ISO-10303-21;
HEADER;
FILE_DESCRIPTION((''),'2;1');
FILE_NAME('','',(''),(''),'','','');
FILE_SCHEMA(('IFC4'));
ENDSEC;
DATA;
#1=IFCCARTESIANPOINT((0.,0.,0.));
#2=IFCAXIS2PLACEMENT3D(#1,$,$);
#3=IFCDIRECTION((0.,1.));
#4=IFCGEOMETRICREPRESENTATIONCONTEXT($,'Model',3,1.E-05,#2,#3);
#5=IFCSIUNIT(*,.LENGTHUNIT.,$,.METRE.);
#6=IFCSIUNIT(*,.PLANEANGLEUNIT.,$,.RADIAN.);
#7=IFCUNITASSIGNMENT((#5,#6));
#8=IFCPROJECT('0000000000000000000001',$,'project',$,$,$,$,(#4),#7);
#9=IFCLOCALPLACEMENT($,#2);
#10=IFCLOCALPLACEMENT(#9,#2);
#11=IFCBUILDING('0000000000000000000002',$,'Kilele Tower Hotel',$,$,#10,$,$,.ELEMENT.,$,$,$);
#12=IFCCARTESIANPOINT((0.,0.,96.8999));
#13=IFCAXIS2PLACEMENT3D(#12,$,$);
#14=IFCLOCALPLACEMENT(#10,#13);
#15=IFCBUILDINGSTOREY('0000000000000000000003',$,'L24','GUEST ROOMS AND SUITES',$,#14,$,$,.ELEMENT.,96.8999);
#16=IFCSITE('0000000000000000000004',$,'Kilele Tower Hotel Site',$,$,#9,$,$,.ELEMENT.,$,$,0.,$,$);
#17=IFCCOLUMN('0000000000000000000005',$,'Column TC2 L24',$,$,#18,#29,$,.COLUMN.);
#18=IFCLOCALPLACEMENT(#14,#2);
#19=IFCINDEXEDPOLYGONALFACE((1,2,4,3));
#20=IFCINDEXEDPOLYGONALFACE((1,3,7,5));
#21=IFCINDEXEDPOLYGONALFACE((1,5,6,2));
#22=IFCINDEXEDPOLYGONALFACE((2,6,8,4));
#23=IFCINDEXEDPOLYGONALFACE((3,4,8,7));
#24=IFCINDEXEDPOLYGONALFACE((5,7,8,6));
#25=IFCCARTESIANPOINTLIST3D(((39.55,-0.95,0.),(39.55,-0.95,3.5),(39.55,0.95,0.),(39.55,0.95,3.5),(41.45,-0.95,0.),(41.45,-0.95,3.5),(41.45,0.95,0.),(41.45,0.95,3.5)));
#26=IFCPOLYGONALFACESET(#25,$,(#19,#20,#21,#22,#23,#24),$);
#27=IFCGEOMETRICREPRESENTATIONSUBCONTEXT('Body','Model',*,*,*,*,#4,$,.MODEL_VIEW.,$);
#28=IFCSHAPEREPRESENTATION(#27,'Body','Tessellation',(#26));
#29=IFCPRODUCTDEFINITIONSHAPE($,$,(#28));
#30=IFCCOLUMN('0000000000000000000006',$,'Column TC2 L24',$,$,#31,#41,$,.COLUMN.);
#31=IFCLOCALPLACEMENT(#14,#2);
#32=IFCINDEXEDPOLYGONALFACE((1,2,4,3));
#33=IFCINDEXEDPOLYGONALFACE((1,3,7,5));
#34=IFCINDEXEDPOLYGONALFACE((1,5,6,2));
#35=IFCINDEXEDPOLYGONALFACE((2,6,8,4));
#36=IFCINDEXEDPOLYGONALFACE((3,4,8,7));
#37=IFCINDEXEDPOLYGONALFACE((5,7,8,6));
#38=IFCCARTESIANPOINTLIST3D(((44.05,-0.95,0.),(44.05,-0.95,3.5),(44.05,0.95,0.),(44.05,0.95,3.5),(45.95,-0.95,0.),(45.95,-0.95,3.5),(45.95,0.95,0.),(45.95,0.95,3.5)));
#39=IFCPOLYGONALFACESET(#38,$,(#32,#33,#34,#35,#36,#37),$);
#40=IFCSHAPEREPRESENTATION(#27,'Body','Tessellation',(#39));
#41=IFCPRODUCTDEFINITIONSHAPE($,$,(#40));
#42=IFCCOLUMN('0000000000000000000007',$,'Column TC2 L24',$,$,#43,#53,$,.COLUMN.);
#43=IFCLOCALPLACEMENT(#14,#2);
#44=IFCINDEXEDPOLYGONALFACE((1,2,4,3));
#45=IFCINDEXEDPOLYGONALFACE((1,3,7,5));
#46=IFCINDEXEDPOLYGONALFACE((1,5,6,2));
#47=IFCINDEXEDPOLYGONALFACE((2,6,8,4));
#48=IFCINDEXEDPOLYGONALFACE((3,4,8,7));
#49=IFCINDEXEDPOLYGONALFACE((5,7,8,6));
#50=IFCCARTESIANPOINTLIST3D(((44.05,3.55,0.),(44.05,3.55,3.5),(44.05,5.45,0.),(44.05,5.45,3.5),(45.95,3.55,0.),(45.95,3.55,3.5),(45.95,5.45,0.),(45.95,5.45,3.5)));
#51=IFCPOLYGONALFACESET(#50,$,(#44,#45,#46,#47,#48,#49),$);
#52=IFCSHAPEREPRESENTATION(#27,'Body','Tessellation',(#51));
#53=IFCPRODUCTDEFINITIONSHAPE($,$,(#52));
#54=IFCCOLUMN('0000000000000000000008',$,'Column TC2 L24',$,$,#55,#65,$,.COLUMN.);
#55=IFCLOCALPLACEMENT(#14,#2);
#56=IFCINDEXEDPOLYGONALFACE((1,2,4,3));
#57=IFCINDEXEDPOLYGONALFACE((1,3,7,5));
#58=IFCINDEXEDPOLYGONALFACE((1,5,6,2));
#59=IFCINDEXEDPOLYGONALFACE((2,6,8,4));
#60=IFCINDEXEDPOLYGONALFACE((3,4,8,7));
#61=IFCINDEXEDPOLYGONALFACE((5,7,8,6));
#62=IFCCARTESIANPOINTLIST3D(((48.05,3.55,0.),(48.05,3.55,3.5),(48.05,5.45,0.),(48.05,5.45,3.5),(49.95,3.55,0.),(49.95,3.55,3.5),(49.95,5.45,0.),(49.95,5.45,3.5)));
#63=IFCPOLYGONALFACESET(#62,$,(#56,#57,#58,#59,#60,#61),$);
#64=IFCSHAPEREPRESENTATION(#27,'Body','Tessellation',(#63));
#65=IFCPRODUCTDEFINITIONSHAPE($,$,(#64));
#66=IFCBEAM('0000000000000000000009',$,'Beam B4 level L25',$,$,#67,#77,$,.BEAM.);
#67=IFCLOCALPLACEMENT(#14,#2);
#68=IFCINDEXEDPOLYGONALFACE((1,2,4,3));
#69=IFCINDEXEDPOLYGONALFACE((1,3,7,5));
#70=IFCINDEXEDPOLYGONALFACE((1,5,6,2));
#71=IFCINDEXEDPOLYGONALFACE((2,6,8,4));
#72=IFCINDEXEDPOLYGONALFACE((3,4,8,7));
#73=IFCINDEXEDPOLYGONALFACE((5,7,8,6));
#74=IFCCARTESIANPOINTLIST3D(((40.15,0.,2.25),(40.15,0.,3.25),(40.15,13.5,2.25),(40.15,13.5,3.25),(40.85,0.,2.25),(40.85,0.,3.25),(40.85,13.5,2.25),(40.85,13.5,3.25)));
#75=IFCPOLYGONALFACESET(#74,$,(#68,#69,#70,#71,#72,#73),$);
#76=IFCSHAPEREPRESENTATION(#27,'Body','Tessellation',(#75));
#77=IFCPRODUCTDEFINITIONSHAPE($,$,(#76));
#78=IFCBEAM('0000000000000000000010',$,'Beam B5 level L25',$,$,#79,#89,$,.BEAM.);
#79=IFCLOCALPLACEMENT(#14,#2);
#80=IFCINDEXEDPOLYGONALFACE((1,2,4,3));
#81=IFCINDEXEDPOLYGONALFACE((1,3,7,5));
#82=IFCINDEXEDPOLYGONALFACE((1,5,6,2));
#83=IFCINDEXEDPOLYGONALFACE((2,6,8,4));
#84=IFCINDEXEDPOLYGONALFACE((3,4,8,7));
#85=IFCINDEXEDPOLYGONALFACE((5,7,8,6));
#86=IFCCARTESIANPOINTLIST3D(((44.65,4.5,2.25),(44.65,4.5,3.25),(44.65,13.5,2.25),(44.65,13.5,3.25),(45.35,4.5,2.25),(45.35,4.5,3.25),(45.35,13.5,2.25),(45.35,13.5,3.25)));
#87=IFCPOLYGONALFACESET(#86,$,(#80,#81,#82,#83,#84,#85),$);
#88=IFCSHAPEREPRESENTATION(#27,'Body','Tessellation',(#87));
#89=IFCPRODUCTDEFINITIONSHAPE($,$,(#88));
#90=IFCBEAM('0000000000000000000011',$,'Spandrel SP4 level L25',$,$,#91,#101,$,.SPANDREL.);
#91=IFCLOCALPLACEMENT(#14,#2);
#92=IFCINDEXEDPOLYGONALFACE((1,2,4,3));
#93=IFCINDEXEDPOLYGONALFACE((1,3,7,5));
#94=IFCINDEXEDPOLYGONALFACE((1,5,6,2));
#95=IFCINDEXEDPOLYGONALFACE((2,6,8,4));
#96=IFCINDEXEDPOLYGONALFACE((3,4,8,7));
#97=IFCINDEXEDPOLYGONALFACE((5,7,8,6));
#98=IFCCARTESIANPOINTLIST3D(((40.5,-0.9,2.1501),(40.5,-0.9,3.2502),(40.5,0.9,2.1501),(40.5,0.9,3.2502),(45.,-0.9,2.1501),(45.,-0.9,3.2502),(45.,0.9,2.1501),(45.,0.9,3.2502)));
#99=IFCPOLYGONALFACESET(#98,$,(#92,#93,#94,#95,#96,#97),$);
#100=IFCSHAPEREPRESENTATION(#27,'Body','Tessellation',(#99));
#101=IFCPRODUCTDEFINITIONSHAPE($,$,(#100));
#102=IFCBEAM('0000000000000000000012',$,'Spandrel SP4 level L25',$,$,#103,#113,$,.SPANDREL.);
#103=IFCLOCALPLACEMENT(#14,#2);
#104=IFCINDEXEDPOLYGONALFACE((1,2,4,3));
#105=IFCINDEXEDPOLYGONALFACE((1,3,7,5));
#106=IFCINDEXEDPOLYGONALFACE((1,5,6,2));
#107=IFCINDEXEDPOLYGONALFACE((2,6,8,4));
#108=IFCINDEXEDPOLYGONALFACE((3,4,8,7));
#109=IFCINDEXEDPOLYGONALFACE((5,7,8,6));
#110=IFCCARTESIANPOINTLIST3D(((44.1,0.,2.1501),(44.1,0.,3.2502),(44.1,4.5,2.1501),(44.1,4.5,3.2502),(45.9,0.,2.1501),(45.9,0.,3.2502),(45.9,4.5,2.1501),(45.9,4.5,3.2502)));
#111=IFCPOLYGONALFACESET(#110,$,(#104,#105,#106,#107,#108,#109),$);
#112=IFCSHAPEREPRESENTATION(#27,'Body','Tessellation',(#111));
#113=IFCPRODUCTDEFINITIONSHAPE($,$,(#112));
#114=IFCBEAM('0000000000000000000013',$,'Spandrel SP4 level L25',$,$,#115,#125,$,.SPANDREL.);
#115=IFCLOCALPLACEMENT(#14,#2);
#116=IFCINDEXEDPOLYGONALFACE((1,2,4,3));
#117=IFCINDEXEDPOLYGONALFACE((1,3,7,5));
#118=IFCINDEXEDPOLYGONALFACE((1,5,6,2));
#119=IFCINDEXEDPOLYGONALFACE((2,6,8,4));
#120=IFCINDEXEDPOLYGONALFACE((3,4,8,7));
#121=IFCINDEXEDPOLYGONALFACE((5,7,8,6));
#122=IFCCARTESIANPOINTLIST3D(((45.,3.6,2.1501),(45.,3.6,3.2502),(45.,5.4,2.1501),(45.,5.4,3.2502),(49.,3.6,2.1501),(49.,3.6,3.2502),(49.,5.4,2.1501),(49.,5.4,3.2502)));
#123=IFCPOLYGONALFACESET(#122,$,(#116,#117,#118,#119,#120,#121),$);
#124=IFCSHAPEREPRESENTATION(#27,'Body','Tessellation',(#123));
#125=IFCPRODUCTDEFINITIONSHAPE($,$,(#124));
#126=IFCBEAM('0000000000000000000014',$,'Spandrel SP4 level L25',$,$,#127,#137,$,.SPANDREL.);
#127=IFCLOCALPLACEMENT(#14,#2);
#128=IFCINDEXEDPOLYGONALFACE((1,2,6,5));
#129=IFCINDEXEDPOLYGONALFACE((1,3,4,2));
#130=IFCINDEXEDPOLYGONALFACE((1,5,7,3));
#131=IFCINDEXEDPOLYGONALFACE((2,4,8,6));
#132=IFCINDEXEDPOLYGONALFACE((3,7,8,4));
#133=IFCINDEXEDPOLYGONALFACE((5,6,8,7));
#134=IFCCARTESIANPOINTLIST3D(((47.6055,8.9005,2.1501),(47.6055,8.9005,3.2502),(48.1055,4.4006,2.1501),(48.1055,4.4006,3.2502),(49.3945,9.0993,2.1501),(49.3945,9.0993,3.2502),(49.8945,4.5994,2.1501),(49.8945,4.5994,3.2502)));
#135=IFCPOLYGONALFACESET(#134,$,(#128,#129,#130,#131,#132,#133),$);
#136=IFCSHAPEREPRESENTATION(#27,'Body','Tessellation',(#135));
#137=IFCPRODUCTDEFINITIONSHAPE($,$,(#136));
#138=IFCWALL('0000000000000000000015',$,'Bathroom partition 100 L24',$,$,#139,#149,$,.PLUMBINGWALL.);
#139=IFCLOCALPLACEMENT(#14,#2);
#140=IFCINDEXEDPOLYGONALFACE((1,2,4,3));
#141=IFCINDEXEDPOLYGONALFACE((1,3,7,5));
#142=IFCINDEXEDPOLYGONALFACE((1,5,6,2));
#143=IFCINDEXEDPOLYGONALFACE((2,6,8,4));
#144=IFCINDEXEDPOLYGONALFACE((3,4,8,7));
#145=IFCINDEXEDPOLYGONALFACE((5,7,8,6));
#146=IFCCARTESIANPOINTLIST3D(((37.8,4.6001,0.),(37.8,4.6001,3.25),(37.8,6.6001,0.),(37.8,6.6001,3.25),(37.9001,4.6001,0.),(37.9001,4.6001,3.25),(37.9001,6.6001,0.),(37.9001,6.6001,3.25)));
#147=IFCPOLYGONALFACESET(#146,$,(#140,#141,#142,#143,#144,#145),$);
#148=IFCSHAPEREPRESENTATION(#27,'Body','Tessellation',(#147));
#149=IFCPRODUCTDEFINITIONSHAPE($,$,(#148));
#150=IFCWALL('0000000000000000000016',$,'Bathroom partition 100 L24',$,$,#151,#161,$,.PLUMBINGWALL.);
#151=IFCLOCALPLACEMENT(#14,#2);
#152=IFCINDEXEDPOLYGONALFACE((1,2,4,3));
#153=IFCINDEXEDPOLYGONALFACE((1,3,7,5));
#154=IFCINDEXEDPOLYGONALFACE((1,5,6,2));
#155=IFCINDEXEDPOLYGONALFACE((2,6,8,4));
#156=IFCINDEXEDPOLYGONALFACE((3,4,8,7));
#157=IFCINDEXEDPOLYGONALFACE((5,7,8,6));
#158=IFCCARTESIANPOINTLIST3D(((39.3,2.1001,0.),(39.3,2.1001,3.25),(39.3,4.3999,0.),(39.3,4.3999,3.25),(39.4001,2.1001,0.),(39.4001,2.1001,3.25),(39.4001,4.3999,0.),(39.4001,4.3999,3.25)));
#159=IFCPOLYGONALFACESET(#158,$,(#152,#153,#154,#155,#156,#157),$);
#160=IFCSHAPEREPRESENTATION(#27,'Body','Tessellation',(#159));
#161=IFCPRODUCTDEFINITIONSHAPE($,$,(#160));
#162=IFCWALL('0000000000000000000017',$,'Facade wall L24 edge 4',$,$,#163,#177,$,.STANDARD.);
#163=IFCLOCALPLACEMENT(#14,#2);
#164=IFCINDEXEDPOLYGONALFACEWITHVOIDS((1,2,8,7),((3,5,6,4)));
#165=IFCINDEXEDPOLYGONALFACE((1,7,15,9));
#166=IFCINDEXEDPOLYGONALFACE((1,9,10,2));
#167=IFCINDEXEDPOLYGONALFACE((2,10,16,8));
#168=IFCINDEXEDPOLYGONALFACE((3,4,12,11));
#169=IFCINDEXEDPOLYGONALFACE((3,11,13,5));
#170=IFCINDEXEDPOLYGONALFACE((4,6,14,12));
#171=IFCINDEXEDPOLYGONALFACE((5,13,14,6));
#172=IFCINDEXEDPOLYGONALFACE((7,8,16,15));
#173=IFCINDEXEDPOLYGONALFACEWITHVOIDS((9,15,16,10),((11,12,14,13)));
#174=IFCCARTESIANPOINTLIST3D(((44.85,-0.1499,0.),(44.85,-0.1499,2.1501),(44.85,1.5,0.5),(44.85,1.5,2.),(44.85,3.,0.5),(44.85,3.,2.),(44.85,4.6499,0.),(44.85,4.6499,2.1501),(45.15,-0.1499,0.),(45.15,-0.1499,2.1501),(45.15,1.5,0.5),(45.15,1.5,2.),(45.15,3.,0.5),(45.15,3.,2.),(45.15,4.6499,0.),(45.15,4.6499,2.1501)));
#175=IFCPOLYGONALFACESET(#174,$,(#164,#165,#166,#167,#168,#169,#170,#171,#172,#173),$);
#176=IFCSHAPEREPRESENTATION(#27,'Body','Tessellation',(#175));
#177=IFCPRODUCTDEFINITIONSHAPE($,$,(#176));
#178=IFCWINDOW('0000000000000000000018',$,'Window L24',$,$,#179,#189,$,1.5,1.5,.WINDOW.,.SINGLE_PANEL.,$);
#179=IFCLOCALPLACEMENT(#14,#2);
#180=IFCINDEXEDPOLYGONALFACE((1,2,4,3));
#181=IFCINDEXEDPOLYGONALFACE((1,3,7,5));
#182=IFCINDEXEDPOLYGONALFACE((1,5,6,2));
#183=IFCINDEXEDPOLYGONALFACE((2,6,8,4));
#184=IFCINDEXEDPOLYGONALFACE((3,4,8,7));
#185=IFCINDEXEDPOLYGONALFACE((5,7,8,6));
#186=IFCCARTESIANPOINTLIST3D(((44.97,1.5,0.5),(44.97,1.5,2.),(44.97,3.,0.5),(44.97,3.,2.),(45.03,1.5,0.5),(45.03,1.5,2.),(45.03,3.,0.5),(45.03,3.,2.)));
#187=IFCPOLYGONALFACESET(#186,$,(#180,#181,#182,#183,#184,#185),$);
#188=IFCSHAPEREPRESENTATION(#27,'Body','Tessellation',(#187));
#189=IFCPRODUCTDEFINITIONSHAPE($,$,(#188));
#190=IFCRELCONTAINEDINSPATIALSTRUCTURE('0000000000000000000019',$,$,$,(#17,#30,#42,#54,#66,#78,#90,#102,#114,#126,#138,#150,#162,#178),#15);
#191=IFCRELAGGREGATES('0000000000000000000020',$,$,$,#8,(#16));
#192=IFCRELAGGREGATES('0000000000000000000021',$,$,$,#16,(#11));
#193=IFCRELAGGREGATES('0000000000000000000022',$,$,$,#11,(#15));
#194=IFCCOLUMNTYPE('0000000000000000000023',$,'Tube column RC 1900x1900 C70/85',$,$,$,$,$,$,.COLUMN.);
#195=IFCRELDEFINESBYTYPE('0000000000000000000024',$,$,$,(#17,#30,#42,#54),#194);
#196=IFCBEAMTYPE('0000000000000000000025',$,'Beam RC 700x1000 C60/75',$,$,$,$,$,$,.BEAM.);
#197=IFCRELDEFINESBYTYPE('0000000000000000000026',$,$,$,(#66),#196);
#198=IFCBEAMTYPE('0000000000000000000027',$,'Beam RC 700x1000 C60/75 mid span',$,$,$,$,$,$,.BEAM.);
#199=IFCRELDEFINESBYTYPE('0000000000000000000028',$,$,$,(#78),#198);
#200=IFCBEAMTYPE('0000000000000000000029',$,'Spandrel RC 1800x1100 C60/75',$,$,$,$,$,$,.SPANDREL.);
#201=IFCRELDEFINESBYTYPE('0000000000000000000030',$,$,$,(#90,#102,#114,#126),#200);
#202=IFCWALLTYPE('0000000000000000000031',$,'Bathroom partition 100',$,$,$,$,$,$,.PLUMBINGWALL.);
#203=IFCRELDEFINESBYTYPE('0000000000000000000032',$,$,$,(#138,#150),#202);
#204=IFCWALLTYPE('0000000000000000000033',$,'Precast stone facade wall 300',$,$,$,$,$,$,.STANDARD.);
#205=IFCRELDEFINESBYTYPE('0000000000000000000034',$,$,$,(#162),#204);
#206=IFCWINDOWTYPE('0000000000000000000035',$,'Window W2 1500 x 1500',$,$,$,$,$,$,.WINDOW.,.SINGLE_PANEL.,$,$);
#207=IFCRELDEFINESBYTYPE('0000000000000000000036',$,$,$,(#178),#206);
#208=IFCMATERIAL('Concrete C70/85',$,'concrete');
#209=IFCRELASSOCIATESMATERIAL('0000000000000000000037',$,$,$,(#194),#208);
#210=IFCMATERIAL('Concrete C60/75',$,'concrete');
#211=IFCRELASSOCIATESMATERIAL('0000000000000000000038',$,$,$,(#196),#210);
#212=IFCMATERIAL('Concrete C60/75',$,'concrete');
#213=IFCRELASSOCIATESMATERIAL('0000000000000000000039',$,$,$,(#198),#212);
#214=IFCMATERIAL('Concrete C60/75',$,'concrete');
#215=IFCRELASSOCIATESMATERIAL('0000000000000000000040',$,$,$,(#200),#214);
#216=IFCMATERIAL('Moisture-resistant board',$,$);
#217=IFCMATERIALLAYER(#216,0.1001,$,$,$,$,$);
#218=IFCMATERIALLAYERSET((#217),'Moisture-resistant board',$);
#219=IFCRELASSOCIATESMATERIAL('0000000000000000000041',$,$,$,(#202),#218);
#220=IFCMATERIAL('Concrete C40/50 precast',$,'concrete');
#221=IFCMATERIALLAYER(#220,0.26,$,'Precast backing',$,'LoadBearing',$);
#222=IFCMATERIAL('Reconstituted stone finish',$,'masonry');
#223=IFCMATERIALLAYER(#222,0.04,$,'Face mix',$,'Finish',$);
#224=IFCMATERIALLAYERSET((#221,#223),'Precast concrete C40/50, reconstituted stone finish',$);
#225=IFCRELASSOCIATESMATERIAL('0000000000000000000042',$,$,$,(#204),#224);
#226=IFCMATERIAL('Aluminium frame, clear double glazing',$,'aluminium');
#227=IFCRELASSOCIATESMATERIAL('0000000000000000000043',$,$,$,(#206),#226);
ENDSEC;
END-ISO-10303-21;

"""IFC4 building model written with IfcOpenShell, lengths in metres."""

from ifc_helpers import new_model, si_unit, direction, frame, frame_2d, origin, origin_2d, place, context, subcontext, project, spatial, rectangle, extrude, material, layer, layer_set, material_profile, profile_set, type_object, element, fill, save


model = new_model("IFC4")

# Units and contexts
model_context = context("Model", 3, precision=1e-05, world=origin(), true_north=direction((0.0, 1.0)))
body_context = subcontext(model_context, "Body", "Model", "MODEL_VIEW")
ifc_project = project(units=[si_unit("LENGTHUNIT", "METRE"), si_unit("PLANEANGLEUNIT", "RADIAN")], contexts=[model_context])

# Site, building, storey
site_placement = place(None, origin())
site = spatial("IfcSite", under=ifc_project, at=site_placement, Name="Kilele Tower Hotel Site", CompositionType="ELEMENT", RefElevation=0.0)
building_placement = place(site_placement, origin())
building = spatial("IfcBuilding", under=site, at=building_placement, Name="Kilele Tower Hotel", CompositionType="ELEMENT")
storey_placement = place(building_placement, frame((0.0, 0.0, 96.8999)))
storey = spatial("IfcBuildingStorey", under=building, at=storey_placement, Name="L24", Description="GUEST ROOMS AND SUITES", CompositionType="ELEMENT", Elevation=96.8999)

# Columns
ifc_material_1 = material(Name="Concrete C70/85", Category="concrete")
ifc_material_profile_1 = material_profile(ifc_material_1, rectangle(XDim=1.8999, YDim=1.8999, at=origin_2d()))
ifc_profile_set_1 = profile_set([ifc_material_profile_1], Name="Concrete C70/85")
column_type = type_object("IfcColumnType", Name="Tube column RC 1900x1900 C70/85", PredefinedType="COLUMN", material=ifc_profile_set_1)
for number, where, z_axis, x_axis, name in (
    (1, (40.5, 0.0, 0.0), (0.0, 0.0, 1.0), (1.0, 0.0, 0.0), "Column TC2 L24"),
    (2, (45.0, 0.0, 0.0), (0.0, 0.0, 1.0), (1.0, 0.0, 0.0), "Column TC2 L24"),
    (3, (45.0, 4.5, 0.0), (0.0, 0.0, 1.0), (1.0, 0.0, 0.0), "Column TC2 L24"),
    (4, (49.0, 4.5, 0.0), (0.0, 0.0, 1.0), (1.0, 0.0, 0.0), "Column TC2 L24"),
):
    element("IfcColumn", number, at=place(storey_placement, frame(where, z_axis=z_axis, x_axis=x_axis)), inside=storey, type_object=column_type, Name=name, PredefinedType="COLUMN", context=body_context, shape_type="SweptSolid", body=[
        extrude(rectangle(XDim=1.8999, YDim=1.8999, at=origin_2d()), origin(), (0.0, 0.0, 1.0), 3.5),
    ])

# Beams
ifc_material_2 = material(Name="Concrete C60/75", Category="concrete")
ifc_material_profile_2 = material_profile(ifc_material_2, rectangle(XDim=0.7, YDim=1.0, at=origin_2d()))
ifc_profile_set_2 = profile_set([ifc_material_profile_2], Name="Concrete C60/75")
beam_type_1 = type_object("IfcBeamType", Name="Beam RC 700x1000 C60/75", PredefinedType="BEAM", material=ifc_profile_set_2)
beam_1_placement = place(storey_placement, frame((40.5, 0.0, 2.75), z_axis=(0.0, 1.0, 0.0), x_axis=(-1.0, 0.0, 0.0)))
element("IfcBeam", 5, at=beam_1_placement, inside=storey, type_object=beam_type_1, Name="Beam B4 level L25", PredefinedType="BEAM", context=body_context, shape_type="SweptSolid", body=[
    extrude(rectangle(XDim=0.7, YDim=1.0, at=origin_2d()), origin(), (0.0, 0.0, 1.0), 13.5),
])
ifc_material_3 = material(Name="Concrete C60/75", Category="concrete")
ifc_material_profile_3 = material_profile(ifc_material_3, rectangle(XDim=0.7, YDim=1.0, at=origin_2d()))
ifc_profile_set_3 = profile_set([ifc_material_profile_3], Name="Concrete C60/75")
beam_type_2 = type_object("IfcBeamType", Name="Beam RC 700x1000 C60/75 mid span", PredefinedType="BEAM", material=ifc_profile_set_3)
beam_2_placement = place(storey_placement, frame((45.0, 4.5, 2.75), z_axis=(0.0, 1.0, 0.0), x_axis=(-1.0, 0.0, 0.0)))
element("IfcBeam", 6, at=beam_2_placement, inside=storey, type_object=beam_type_2, Name="Beam B5 level L25", PredefinedType="BEAM", context=body_context, shape_type="SweptSolid", body=[
    extrude(rectangle(XDim=0.7, YDim=1.0, at=origin_2d()), origin(), (0.0, 0.0, 1.0), 9.0),
])
ifc_material_4 = material(Name="Concrete C60/75", Category="concrete")
ifc_material_profile_4 = material_profile(ifc_material_4, rectangle(XDim=1.8, YDim=1.1001, at=origin_2d()))
ifc_profile_set_4 = profile_set([ifc_material_profile_4], Name="Concrete C60/75")
beam_type_3 = type_object("IfcBeamType", Name="Spandrel RC 1800x1100 C60/75", PredefinedType="SPANDREL", material=ifc_profile_set_4)
for number, where, z_axis, x_axis, name in (
    (7, (40.5, 0.0, 2.7002), (1.0, 0.0, 0.0), (0.0, 1.0, 0.0), "Spandrel SP4 level L25"),
    (8, (45.0, 0.0, 2.7002), (0.0, 1.0, 0.0), (-1.0, 0.0, 0.0), "Spandrel SP4 level L25"),
):
    element("IfcBeam", number, at=place(storey_placement, frame(where, z_axis=z_axis, x_axis=x_axis)), inside=storey, type_object=beam_type_3, Name=name, PredefinedType="SPANDREL", context=body_context, shape_type="SweptSolid", body=[
        extrude(rectangle(XDim=1.8, YDim=1.1001, at=origin_2d()), origin(), (0.0, 0.0, 1.0), 4.5),
    ])
beam_3_placement = place(storey_placement, frame((45.0, 4.5, 2.7002), z_axis=(1.0, 0.0, 0.0), x_axis=(0.0, 1.0, 0.0)))
element("IfcBeam", 9, at=beam_3_placement, inside=storey, type_object=beam_type_3, Name="Spandrel SP4 level L25", PredefinedType="SPANDREL", context=body_context, shape_type="SweptSolid", body=[
    extrude(rectangle(XDim=1.8, YDim=1.1001, at=origin_2d()), origin(), (0.0, 0.0, 1.0), 4.0),
])
beam_4_placement = place(storey_placement, frame((49.0, 4.5, 2.7002), z_axis=(-0.110432, 0.993884, 0.0), x_axis=(-0.993884, -0.110432, 0.0)))
element("IfcBeam", 10, at=beam_4_placement, inside=storey, type_object=beam_type_3, Name="Spandrel SP4 level L25", PredefinedType="SPANDREL", context=body_context, shape_type="SweptSolid", body=[
    extrude(rectangle(XDim=1.8, YDim=1.1001, at=origin_2d()), origin(), (0.0, 0.0, 1.0), 4.5276),
])

# Walls
ifc_material_5 = material(Name="Moisture-resistant board")
ifc_layer_1 = layer(ifc_material_5, 0.1001)
ifc_layer_set_1 = layer_set([ifc_layer_1], Name="Moisture-resistant board")
wall_type_1 = type_object("IfcWallType", Name="Bathroom partition 100", PredefinedType="PLUMBINGWALL", material=ifc_layer_set_1)
wall_1_placement = place(storey_placement, frame((37.8501, 4.6001, 0.0), z_axis=(0.0, 0.0, 1.0), x_axis=(0.0, 1.0, 0.0)))
element("IfcWall", 11, at=wall_1_placement, inside=storey, type_object=wall_type_1, Name="Bathroom partition 100 L24", PredefinedType="PLUMBINGWALL", context=body_context, shape_type="SweptSolid", body=[
    extrude(rectangle(XDim=2.0, YDim=0.1001, at=frame_2d((1.0, 0.0))), origin(), (0.0, 0.0, 1.0), 3.25),
])
wall_2_placement = place(storey_placement, frame((39.3501, 4.3999, 0.0), z_axis=(0.0, 0.0, 1.0), x_axis=(0.0, -1.0, 0.0)))
element("IfcWall", 12, at=wall_2_placement, inside=storey, type_object=wall_type_1, Name="Bathroom partition 100 L24", PredefinedType="PLUMBINGWALL", context=body_context, shape_type="SweptSolid", body=[
    extrude(rectangle(XDim=2.2998, YDim=0.1001, at=frame_2d((1.1499, 0.0))), origin(), (0.0, 0.0, 1.0), 3.25),
])

# Wall, opening, window
ifc_material_6 = material(Name="Concrete C40/50 precast", Category="concrete")
ifc_layer_2 = layer(ifc_material_6, 0.26, Name="Precast backing", Category="LoadBearing")
ifc_material_7 = material(Name="Reconstituted stone finish", Category="masonry")
ifc_layer_3 = layer(ifc_material_7, 0.04, Name="Face mix", Category="Finish")
ifc_layer_set_2 = layer_set([ifc_layer_2, ifc_layer_3], Name="Precast concrete C40/50, reconstituted stone finish")
wall_type_2 = type_object("IfcWallType", Name="Precast stone facade wall 300", PredefinedType="STANDARD", material=ifc_layer_set_2)
wall_3_placement = place(storey_placement, frame((45.0, -0.1499, 0.0), z_axis=(0.0, 0.0, 1.0), x_axis=(0.0, 1.0, 0.0)))
wall_3 = element("IfcWall", 13, at=wall_3_placement, inside=storey, type_object=wall_type_2, Name="Facade wall L24 edge 4", PredefinedType="STANDARD", context=body_context, shape_type="SweptSolid", body=[
    extrude(rectangle(XDim=4.7998, YDim=0.3, at=frame_2d((2.3999, 0.0))), origin(), (0.0, 0.0, 1.0), 2.1501),
])
opening_1_placement = place(wall_3_placement, frame((1.6499, 0.0, 0.5)))
opening_1 = element("IfcOpeningElement", 14, at=opening_1_placement, cuts=wall_3, PredefinedType="OPENING", context=body_context, shape_type="SweptSolid", body=[
    extrude(rectangle(XDim=1.5, YDim=1.5, at=frame_2d((0.75, 0.75))), frame((0.0, 0.1599, 0.0), z_axis=(0.0, -1.0, 0.0), x_axis=(1.0, 0.0, 0.0)), (0.0, 0.0, 1.0), 0.3201),
])
ifc_material_8 = material(Name="Aluminium frame, clear double glazing", Category="aluminium")
window_type = type_object("IfcWindowType", Name="Window W2 1500 x 1500", PartitioningType="SINGLE_PANEL", PredefinedType="WINDOW", material=ifc_material_8)
window_1_placement = place(opening_1_placement, origin())
window_1 = element("IfcWindow", 15, at=window_1_placement, inside=storey, type_object=window_type, Name="Window L24", OverallHeight=1.5, OverallWidth=1.5, PartitioningType="SINGLE_PANEL", PredefinedType="WINDOW", context=body_context, shape_type="SweptSolid", body=[
    extrude(rectangle(XDim=1.5, YDim=1.5, at=frame_2d((0.75, 0.75))), frame((0.0, 0.03, 0.0), z_axis=(0.0, -1.0, 0.0), x_axis=(1.0, 0.0, 0.0)), (0.0, 0.0, 1.0), 0.0601),
])
fill(opening_1, window_1)

save(model, "model.ifc")
